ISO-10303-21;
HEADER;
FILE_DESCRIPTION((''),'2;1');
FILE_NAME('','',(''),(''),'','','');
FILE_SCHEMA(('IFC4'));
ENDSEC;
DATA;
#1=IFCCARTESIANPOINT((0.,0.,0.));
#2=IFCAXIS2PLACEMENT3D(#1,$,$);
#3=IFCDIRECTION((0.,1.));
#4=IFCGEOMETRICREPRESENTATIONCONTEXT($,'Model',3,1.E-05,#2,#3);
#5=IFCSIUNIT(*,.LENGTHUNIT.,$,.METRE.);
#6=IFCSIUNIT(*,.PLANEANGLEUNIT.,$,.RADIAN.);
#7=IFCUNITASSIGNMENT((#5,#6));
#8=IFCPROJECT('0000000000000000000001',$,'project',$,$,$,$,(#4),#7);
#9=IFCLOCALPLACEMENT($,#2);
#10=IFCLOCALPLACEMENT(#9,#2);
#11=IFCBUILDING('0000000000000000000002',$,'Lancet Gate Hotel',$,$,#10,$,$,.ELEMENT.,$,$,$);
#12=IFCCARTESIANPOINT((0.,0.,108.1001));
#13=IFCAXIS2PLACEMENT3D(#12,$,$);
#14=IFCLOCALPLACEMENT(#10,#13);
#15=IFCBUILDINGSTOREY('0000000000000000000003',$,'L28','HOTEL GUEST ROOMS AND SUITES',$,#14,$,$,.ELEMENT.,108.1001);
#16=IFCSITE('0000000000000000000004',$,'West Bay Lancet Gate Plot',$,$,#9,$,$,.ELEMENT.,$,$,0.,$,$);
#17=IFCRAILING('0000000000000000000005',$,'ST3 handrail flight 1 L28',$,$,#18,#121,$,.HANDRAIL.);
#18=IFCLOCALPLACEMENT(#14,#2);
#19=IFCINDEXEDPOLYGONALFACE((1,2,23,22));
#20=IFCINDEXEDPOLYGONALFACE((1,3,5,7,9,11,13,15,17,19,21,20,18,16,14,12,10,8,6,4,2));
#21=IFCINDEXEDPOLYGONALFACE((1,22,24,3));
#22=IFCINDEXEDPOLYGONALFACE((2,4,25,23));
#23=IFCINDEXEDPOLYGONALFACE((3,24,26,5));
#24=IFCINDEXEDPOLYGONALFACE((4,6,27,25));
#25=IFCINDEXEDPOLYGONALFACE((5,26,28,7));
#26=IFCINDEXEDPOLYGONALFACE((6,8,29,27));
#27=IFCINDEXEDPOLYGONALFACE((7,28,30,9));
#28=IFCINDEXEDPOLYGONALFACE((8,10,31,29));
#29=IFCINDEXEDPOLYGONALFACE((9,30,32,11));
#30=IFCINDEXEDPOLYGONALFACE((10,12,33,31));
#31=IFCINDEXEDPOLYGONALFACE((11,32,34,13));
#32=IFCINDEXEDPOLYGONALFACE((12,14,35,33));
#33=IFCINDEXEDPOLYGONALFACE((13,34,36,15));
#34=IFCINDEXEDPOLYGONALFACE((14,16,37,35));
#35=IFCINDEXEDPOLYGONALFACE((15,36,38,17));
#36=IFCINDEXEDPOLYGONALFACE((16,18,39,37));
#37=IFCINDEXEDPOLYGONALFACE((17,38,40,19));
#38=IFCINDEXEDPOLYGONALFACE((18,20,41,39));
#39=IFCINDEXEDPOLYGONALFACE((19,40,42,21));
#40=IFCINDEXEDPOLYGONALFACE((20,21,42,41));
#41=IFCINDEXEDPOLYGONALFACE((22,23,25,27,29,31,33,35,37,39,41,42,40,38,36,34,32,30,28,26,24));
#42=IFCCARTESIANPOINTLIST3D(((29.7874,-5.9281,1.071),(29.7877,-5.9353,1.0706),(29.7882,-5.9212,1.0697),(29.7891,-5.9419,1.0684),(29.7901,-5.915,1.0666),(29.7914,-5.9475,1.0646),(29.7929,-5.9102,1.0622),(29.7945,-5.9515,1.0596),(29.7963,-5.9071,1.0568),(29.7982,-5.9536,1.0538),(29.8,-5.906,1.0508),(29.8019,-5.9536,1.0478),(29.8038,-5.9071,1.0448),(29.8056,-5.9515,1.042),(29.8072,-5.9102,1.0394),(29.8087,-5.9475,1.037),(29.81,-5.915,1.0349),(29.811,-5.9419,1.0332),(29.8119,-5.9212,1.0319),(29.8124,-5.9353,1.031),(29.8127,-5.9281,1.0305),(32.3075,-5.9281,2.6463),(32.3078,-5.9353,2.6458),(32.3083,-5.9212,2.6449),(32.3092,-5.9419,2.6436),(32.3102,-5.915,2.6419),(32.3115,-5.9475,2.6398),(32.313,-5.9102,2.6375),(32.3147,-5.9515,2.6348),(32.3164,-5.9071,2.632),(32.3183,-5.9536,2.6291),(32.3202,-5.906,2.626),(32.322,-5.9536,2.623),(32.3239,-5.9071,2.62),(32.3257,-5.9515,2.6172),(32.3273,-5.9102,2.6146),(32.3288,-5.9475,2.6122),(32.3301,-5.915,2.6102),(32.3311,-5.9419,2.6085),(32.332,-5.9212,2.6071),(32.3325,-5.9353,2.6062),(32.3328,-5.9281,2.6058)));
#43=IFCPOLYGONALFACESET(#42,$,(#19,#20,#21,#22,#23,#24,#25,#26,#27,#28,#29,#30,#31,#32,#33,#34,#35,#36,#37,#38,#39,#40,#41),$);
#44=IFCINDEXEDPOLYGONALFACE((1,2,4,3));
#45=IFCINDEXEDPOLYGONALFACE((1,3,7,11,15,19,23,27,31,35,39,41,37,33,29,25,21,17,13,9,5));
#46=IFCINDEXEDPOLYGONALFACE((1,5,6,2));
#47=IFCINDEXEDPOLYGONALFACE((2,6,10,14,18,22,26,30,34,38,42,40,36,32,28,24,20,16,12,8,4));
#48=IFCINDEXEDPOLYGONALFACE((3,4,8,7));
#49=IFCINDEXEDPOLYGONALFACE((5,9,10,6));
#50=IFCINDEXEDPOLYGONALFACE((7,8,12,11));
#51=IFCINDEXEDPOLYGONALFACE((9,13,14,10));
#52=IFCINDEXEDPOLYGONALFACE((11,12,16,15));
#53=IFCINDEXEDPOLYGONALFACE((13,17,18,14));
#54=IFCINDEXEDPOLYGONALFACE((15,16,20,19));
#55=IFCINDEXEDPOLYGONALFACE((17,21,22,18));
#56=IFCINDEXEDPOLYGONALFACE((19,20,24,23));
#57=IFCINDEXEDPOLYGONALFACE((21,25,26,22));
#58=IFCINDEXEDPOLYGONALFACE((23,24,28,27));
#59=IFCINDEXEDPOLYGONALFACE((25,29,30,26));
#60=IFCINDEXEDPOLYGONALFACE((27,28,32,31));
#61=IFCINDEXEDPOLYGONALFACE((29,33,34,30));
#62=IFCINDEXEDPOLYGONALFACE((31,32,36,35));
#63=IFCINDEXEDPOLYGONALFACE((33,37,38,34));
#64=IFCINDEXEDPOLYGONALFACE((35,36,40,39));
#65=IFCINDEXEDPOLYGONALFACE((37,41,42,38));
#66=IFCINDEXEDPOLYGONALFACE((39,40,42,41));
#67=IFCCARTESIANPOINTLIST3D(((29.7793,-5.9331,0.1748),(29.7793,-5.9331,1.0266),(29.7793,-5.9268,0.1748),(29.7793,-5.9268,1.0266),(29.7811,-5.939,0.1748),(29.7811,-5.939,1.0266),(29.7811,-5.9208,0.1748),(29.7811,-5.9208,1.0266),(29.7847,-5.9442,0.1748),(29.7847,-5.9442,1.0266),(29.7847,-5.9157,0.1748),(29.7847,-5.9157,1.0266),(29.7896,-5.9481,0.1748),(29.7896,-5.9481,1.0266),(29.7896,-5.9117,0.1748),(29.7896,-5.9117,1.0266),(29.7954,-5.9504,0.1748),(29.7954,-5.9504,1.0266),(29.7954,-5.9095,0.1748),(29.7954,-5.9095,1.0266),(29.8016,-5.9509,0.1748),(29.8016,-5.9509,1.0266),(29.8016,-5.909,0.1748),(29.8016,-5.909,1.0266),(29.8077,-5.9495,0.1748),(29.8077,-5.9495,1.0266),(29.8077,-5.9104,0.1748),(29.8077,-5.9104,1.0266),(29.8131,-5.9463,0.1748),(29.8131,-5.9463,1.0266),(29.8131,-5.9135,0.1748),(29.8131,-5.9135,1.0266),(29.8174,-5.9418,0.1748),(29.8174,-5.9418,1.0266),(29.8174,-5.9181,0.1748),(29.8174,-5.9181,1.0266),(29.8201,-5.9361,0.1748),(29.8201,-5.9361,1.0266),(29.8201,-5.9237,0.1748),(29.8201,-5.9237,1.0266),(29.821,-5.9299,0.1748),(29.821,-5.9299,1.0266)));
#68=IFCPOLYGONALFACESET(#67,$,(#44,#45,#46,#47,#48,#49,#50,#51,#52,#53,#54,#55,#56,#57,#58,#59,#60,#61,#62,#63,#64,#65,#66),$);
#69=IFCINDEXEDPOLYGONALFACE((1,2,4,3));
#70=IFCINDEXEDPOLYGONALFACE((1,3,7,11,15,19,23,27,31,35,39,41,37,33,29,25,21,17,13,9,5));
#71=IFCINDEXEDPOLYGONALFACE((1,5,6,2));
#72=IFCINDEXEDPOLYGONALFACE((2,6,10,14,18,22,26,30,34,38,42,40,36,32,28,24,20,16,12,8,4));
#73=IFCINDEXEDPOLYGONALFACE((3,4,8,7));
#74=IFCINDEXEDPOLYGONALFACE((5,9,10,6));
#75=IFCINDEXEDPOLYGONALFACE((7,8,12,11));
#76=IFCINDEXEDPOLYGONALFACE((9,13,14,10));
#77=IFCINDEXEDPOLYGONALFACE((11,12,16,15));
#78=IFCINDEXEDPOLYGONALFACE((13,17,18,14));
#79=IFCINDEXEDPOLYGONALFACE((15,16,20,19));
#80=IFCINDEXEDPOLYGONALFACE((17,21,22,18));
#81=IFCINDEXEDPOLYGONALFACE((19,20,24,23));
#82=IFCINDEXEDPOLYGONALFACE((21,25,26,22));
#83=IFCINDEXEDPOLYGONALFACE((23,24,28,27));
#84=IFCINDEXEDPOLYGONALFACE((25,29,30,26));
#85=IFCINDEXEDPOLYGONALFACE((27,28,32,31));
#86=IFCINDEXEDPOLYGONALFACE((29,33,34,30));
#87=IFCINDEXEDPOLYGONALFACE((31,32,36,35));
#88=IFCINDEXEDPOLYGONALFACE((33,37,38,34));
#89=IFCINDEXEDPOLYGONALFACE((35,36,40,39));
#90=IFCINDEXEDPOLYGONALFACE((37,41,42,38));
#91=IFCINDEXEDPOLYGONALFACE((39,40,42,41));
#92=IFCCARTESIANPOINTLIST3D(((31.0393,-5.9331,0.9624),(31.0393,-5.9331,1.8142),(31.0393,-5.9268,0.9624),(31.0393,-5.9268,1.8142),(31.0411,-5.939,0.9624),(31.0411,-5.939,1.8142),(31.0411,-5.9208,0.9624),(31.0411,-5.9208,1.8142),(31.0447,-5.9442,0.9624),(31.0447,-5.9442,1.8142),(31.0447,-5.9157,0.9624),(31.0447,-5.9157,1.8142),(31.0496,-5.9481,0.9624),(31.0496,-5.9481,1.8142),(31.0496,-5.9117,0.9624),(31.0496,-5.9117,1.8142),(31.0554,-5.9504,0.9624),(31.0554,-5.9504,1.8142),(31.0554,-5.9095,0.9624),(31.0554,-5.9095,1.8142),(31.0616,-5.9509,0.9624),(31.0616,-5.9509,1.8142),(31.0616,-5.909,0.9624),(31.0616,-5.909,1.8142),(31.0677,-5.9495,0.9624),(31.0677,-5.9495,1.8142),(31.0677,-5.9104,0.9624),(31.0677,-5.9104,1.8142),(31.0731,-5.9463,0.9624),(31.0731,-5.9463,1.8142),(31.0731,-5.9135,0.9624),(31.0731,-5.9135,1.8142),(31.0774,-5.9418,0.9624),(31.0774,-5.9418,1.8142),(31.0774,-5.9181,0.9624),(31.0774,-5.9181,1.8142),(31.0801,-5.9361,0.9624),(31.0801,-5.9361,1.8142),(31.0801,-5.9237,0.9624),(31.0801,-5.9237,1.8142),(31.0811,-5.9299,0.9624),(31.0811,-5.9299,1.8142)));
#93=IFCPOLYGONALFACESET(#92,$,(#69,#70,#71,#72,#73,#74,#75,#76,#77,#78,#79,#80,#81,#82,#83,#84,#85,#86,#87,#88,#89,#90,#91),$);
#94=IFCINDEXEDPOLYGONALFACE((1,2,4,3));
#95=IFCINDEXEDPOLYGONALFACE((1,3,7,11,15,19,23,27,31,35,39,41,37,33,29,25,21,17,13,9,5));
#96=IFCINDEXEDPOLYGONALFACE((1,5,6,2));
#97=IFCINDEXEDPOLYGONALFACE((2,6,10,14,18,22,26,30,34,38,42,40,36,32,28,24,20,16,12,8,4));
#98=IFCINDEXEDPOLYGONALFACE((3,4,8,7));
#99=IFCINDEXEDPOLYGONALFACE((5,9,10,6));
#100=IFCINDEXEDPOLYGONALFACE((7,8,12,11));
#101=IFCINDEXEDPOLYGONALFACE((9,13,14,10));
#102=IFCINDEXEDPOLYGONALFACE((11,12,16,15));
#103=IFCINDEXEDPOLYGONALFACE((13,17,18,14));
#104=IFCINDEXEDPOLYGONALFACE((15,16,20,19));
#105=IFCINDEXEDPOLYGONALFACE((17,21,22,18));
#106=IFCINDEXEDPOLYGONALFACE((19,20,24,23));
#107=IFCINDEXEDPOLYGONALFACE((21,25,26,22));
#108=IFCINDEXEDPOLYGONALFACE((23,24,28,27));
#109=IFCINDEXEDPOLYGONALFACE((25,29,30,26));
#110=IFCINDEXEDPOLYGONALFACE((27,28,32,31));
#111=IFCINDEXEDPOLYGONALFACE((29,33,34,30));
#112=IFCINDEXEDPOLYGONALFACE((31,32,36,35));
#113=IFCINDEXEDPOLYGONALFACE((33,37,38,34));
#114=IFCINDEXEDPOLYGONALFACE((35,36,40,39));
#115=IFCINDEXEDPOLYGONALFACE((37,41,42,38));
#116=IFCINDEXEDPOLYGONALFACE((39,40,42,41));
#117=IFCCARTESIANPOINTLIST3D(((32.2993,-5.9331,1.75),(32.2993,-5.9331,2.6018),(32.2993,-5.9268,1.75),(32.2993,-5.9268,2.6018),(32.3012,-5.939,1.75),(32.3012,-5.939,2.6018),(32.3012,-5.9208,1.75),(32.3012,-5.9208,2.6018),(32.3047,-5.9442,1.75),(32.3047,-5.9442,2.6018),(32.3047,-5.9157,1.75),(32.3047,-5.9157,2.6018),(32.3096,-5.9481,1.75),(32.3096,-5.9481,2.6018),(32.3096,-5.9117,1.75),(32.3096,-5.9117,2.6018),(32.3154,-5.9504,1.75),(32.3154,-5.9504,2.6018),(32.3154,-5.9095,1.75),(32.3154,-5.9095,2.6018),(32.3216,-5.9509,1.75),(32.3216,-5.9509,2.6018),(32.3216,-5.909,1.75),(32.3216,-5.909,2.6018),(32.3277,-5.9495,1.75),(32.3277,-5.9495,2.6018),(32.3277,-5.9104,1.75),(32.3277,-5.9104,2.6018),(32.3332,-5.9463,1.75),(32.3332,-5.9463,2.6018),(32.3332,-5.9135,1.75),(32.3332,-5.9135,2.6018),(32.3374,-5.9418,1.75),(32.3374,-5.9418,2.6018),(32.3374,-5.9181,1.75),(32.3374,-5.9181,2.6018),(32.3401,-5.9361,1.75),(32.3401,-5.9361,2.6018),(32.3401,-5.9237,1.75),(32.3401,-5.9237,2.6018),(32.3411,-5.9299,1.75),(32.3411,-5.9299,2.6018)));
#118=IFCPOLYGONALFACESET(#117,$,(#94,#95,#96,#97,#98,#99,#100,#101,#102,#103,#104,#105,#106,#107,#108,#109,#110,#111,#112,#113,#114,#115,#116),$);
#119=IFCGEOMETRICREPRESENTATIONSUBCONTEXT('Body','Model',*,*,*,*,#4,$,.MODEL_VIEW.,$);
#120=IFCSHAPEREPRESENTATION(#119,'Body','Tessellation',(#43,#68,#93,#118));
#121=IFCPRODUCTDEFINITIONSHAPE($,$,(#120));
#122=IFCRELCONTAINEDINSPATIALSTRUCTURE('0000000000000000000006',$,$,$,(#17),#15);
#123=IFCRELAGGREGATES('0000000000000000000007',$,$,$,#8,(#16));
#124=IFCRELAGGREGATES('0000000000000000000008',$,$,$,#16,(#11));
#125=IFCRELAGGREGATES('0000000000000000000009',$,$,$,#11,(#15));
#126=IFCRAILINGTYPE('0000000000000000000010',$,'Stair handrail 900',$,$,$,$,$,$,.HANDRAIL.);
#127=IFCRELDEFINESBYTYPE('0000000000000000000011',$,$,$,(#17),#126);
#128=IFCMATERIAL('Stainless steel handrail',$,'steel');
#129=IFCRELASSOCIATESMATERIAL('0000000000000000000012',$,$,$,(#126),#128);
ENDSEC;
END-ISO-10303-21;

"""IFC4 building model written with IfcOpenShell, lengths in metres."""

from ifc_helpers import new_model, si_unit, direction, frame, origin, origin_2d, place, context, subcontext, project, spatial, circle, extrude, material, type_object, element, save


model = new_model("IFC4")

# Units and contexts
model_context = context("Model", 3, precision=1e-05, world=origin(), true_north=direction((0.0, 1.0)))
body_context = subcontext(model_context, "Body", "Model", "MODEL_VIEW")
ifc_project = project(units=[si_unit("LENGTHUNIT", "METRE"), si_unit("PLANEANGLEUNIT", "RADIAN")], contexts=[model_context])

# Site, building, storey
site_placement = place(None, origin())
site = spatial("IfcSite", under=ifc_project, at=site_placement, Name="West Bay Lancet Gate Plot", CompositionType="ELEMENT", RefElevation=0.0)
building_placement = place(site_placement, origin())
building = spatial("IfcBuilding", under=site, at=building_placement, Name="Lancet Gate Hotel", CompositionType="ELEMENT")
storey_placement = place(building_placement, frame((0.0, 0.0, 108.1001)))
storey = spatial("IfcBuildingStorey", under=building, at=storey_placement, Name="L28", Description="HOTEL GUEST ROOMS AND SUITES", CompositionType="ELEMENT", Elevation=108.1001)

# Railing
ifc_material_1 = material(Name="Stainless steel handrail", Category="steel")
railing_type = type_object("IfcRailingType", Name="Stair handrail 900", PredefinedType="HANDRAIL", material=ifc_material_1)
railing_1_placement = place(storey_placement, frame((29.8, -5.9299, 0.1748)))
element("IfcRailing", 1, at=railing_1_placement, inside=storey, type_object=railing_type, Name="ST3 handrail flight 1 L28", PredefinedType="HANDRAIL", context=body_context, shape_type="SweptSolid", body=[
    extrude(circle(Radius=0.0239, at=origin_2d()), frame((0.0, 0.0, 0.876), z_axis=(0.847971, 0.0, 0.530043), x_axis=(0.0, 1.0, 0.0)), (0.0, 0.0, 1.0), 2.9719),
    extrude(circle(Radius=0.021, at=origin_2d()), origin(), (0.0, 0.0, 1.0), 0.8518),
    extrude(circle(Radius=0.021, at=origin_2d()), frame((1.26, 0.0, 0.7876)), (0.0, 0.0, 1.0), 0.8518),
    extrude(circle(Radius=0.021, at=origin_2d()), frame((2.52, 0.0, 1.5752)), (0.0, 0.0, 1.0), 0.8518),
])

save(model, "model.ifc")
